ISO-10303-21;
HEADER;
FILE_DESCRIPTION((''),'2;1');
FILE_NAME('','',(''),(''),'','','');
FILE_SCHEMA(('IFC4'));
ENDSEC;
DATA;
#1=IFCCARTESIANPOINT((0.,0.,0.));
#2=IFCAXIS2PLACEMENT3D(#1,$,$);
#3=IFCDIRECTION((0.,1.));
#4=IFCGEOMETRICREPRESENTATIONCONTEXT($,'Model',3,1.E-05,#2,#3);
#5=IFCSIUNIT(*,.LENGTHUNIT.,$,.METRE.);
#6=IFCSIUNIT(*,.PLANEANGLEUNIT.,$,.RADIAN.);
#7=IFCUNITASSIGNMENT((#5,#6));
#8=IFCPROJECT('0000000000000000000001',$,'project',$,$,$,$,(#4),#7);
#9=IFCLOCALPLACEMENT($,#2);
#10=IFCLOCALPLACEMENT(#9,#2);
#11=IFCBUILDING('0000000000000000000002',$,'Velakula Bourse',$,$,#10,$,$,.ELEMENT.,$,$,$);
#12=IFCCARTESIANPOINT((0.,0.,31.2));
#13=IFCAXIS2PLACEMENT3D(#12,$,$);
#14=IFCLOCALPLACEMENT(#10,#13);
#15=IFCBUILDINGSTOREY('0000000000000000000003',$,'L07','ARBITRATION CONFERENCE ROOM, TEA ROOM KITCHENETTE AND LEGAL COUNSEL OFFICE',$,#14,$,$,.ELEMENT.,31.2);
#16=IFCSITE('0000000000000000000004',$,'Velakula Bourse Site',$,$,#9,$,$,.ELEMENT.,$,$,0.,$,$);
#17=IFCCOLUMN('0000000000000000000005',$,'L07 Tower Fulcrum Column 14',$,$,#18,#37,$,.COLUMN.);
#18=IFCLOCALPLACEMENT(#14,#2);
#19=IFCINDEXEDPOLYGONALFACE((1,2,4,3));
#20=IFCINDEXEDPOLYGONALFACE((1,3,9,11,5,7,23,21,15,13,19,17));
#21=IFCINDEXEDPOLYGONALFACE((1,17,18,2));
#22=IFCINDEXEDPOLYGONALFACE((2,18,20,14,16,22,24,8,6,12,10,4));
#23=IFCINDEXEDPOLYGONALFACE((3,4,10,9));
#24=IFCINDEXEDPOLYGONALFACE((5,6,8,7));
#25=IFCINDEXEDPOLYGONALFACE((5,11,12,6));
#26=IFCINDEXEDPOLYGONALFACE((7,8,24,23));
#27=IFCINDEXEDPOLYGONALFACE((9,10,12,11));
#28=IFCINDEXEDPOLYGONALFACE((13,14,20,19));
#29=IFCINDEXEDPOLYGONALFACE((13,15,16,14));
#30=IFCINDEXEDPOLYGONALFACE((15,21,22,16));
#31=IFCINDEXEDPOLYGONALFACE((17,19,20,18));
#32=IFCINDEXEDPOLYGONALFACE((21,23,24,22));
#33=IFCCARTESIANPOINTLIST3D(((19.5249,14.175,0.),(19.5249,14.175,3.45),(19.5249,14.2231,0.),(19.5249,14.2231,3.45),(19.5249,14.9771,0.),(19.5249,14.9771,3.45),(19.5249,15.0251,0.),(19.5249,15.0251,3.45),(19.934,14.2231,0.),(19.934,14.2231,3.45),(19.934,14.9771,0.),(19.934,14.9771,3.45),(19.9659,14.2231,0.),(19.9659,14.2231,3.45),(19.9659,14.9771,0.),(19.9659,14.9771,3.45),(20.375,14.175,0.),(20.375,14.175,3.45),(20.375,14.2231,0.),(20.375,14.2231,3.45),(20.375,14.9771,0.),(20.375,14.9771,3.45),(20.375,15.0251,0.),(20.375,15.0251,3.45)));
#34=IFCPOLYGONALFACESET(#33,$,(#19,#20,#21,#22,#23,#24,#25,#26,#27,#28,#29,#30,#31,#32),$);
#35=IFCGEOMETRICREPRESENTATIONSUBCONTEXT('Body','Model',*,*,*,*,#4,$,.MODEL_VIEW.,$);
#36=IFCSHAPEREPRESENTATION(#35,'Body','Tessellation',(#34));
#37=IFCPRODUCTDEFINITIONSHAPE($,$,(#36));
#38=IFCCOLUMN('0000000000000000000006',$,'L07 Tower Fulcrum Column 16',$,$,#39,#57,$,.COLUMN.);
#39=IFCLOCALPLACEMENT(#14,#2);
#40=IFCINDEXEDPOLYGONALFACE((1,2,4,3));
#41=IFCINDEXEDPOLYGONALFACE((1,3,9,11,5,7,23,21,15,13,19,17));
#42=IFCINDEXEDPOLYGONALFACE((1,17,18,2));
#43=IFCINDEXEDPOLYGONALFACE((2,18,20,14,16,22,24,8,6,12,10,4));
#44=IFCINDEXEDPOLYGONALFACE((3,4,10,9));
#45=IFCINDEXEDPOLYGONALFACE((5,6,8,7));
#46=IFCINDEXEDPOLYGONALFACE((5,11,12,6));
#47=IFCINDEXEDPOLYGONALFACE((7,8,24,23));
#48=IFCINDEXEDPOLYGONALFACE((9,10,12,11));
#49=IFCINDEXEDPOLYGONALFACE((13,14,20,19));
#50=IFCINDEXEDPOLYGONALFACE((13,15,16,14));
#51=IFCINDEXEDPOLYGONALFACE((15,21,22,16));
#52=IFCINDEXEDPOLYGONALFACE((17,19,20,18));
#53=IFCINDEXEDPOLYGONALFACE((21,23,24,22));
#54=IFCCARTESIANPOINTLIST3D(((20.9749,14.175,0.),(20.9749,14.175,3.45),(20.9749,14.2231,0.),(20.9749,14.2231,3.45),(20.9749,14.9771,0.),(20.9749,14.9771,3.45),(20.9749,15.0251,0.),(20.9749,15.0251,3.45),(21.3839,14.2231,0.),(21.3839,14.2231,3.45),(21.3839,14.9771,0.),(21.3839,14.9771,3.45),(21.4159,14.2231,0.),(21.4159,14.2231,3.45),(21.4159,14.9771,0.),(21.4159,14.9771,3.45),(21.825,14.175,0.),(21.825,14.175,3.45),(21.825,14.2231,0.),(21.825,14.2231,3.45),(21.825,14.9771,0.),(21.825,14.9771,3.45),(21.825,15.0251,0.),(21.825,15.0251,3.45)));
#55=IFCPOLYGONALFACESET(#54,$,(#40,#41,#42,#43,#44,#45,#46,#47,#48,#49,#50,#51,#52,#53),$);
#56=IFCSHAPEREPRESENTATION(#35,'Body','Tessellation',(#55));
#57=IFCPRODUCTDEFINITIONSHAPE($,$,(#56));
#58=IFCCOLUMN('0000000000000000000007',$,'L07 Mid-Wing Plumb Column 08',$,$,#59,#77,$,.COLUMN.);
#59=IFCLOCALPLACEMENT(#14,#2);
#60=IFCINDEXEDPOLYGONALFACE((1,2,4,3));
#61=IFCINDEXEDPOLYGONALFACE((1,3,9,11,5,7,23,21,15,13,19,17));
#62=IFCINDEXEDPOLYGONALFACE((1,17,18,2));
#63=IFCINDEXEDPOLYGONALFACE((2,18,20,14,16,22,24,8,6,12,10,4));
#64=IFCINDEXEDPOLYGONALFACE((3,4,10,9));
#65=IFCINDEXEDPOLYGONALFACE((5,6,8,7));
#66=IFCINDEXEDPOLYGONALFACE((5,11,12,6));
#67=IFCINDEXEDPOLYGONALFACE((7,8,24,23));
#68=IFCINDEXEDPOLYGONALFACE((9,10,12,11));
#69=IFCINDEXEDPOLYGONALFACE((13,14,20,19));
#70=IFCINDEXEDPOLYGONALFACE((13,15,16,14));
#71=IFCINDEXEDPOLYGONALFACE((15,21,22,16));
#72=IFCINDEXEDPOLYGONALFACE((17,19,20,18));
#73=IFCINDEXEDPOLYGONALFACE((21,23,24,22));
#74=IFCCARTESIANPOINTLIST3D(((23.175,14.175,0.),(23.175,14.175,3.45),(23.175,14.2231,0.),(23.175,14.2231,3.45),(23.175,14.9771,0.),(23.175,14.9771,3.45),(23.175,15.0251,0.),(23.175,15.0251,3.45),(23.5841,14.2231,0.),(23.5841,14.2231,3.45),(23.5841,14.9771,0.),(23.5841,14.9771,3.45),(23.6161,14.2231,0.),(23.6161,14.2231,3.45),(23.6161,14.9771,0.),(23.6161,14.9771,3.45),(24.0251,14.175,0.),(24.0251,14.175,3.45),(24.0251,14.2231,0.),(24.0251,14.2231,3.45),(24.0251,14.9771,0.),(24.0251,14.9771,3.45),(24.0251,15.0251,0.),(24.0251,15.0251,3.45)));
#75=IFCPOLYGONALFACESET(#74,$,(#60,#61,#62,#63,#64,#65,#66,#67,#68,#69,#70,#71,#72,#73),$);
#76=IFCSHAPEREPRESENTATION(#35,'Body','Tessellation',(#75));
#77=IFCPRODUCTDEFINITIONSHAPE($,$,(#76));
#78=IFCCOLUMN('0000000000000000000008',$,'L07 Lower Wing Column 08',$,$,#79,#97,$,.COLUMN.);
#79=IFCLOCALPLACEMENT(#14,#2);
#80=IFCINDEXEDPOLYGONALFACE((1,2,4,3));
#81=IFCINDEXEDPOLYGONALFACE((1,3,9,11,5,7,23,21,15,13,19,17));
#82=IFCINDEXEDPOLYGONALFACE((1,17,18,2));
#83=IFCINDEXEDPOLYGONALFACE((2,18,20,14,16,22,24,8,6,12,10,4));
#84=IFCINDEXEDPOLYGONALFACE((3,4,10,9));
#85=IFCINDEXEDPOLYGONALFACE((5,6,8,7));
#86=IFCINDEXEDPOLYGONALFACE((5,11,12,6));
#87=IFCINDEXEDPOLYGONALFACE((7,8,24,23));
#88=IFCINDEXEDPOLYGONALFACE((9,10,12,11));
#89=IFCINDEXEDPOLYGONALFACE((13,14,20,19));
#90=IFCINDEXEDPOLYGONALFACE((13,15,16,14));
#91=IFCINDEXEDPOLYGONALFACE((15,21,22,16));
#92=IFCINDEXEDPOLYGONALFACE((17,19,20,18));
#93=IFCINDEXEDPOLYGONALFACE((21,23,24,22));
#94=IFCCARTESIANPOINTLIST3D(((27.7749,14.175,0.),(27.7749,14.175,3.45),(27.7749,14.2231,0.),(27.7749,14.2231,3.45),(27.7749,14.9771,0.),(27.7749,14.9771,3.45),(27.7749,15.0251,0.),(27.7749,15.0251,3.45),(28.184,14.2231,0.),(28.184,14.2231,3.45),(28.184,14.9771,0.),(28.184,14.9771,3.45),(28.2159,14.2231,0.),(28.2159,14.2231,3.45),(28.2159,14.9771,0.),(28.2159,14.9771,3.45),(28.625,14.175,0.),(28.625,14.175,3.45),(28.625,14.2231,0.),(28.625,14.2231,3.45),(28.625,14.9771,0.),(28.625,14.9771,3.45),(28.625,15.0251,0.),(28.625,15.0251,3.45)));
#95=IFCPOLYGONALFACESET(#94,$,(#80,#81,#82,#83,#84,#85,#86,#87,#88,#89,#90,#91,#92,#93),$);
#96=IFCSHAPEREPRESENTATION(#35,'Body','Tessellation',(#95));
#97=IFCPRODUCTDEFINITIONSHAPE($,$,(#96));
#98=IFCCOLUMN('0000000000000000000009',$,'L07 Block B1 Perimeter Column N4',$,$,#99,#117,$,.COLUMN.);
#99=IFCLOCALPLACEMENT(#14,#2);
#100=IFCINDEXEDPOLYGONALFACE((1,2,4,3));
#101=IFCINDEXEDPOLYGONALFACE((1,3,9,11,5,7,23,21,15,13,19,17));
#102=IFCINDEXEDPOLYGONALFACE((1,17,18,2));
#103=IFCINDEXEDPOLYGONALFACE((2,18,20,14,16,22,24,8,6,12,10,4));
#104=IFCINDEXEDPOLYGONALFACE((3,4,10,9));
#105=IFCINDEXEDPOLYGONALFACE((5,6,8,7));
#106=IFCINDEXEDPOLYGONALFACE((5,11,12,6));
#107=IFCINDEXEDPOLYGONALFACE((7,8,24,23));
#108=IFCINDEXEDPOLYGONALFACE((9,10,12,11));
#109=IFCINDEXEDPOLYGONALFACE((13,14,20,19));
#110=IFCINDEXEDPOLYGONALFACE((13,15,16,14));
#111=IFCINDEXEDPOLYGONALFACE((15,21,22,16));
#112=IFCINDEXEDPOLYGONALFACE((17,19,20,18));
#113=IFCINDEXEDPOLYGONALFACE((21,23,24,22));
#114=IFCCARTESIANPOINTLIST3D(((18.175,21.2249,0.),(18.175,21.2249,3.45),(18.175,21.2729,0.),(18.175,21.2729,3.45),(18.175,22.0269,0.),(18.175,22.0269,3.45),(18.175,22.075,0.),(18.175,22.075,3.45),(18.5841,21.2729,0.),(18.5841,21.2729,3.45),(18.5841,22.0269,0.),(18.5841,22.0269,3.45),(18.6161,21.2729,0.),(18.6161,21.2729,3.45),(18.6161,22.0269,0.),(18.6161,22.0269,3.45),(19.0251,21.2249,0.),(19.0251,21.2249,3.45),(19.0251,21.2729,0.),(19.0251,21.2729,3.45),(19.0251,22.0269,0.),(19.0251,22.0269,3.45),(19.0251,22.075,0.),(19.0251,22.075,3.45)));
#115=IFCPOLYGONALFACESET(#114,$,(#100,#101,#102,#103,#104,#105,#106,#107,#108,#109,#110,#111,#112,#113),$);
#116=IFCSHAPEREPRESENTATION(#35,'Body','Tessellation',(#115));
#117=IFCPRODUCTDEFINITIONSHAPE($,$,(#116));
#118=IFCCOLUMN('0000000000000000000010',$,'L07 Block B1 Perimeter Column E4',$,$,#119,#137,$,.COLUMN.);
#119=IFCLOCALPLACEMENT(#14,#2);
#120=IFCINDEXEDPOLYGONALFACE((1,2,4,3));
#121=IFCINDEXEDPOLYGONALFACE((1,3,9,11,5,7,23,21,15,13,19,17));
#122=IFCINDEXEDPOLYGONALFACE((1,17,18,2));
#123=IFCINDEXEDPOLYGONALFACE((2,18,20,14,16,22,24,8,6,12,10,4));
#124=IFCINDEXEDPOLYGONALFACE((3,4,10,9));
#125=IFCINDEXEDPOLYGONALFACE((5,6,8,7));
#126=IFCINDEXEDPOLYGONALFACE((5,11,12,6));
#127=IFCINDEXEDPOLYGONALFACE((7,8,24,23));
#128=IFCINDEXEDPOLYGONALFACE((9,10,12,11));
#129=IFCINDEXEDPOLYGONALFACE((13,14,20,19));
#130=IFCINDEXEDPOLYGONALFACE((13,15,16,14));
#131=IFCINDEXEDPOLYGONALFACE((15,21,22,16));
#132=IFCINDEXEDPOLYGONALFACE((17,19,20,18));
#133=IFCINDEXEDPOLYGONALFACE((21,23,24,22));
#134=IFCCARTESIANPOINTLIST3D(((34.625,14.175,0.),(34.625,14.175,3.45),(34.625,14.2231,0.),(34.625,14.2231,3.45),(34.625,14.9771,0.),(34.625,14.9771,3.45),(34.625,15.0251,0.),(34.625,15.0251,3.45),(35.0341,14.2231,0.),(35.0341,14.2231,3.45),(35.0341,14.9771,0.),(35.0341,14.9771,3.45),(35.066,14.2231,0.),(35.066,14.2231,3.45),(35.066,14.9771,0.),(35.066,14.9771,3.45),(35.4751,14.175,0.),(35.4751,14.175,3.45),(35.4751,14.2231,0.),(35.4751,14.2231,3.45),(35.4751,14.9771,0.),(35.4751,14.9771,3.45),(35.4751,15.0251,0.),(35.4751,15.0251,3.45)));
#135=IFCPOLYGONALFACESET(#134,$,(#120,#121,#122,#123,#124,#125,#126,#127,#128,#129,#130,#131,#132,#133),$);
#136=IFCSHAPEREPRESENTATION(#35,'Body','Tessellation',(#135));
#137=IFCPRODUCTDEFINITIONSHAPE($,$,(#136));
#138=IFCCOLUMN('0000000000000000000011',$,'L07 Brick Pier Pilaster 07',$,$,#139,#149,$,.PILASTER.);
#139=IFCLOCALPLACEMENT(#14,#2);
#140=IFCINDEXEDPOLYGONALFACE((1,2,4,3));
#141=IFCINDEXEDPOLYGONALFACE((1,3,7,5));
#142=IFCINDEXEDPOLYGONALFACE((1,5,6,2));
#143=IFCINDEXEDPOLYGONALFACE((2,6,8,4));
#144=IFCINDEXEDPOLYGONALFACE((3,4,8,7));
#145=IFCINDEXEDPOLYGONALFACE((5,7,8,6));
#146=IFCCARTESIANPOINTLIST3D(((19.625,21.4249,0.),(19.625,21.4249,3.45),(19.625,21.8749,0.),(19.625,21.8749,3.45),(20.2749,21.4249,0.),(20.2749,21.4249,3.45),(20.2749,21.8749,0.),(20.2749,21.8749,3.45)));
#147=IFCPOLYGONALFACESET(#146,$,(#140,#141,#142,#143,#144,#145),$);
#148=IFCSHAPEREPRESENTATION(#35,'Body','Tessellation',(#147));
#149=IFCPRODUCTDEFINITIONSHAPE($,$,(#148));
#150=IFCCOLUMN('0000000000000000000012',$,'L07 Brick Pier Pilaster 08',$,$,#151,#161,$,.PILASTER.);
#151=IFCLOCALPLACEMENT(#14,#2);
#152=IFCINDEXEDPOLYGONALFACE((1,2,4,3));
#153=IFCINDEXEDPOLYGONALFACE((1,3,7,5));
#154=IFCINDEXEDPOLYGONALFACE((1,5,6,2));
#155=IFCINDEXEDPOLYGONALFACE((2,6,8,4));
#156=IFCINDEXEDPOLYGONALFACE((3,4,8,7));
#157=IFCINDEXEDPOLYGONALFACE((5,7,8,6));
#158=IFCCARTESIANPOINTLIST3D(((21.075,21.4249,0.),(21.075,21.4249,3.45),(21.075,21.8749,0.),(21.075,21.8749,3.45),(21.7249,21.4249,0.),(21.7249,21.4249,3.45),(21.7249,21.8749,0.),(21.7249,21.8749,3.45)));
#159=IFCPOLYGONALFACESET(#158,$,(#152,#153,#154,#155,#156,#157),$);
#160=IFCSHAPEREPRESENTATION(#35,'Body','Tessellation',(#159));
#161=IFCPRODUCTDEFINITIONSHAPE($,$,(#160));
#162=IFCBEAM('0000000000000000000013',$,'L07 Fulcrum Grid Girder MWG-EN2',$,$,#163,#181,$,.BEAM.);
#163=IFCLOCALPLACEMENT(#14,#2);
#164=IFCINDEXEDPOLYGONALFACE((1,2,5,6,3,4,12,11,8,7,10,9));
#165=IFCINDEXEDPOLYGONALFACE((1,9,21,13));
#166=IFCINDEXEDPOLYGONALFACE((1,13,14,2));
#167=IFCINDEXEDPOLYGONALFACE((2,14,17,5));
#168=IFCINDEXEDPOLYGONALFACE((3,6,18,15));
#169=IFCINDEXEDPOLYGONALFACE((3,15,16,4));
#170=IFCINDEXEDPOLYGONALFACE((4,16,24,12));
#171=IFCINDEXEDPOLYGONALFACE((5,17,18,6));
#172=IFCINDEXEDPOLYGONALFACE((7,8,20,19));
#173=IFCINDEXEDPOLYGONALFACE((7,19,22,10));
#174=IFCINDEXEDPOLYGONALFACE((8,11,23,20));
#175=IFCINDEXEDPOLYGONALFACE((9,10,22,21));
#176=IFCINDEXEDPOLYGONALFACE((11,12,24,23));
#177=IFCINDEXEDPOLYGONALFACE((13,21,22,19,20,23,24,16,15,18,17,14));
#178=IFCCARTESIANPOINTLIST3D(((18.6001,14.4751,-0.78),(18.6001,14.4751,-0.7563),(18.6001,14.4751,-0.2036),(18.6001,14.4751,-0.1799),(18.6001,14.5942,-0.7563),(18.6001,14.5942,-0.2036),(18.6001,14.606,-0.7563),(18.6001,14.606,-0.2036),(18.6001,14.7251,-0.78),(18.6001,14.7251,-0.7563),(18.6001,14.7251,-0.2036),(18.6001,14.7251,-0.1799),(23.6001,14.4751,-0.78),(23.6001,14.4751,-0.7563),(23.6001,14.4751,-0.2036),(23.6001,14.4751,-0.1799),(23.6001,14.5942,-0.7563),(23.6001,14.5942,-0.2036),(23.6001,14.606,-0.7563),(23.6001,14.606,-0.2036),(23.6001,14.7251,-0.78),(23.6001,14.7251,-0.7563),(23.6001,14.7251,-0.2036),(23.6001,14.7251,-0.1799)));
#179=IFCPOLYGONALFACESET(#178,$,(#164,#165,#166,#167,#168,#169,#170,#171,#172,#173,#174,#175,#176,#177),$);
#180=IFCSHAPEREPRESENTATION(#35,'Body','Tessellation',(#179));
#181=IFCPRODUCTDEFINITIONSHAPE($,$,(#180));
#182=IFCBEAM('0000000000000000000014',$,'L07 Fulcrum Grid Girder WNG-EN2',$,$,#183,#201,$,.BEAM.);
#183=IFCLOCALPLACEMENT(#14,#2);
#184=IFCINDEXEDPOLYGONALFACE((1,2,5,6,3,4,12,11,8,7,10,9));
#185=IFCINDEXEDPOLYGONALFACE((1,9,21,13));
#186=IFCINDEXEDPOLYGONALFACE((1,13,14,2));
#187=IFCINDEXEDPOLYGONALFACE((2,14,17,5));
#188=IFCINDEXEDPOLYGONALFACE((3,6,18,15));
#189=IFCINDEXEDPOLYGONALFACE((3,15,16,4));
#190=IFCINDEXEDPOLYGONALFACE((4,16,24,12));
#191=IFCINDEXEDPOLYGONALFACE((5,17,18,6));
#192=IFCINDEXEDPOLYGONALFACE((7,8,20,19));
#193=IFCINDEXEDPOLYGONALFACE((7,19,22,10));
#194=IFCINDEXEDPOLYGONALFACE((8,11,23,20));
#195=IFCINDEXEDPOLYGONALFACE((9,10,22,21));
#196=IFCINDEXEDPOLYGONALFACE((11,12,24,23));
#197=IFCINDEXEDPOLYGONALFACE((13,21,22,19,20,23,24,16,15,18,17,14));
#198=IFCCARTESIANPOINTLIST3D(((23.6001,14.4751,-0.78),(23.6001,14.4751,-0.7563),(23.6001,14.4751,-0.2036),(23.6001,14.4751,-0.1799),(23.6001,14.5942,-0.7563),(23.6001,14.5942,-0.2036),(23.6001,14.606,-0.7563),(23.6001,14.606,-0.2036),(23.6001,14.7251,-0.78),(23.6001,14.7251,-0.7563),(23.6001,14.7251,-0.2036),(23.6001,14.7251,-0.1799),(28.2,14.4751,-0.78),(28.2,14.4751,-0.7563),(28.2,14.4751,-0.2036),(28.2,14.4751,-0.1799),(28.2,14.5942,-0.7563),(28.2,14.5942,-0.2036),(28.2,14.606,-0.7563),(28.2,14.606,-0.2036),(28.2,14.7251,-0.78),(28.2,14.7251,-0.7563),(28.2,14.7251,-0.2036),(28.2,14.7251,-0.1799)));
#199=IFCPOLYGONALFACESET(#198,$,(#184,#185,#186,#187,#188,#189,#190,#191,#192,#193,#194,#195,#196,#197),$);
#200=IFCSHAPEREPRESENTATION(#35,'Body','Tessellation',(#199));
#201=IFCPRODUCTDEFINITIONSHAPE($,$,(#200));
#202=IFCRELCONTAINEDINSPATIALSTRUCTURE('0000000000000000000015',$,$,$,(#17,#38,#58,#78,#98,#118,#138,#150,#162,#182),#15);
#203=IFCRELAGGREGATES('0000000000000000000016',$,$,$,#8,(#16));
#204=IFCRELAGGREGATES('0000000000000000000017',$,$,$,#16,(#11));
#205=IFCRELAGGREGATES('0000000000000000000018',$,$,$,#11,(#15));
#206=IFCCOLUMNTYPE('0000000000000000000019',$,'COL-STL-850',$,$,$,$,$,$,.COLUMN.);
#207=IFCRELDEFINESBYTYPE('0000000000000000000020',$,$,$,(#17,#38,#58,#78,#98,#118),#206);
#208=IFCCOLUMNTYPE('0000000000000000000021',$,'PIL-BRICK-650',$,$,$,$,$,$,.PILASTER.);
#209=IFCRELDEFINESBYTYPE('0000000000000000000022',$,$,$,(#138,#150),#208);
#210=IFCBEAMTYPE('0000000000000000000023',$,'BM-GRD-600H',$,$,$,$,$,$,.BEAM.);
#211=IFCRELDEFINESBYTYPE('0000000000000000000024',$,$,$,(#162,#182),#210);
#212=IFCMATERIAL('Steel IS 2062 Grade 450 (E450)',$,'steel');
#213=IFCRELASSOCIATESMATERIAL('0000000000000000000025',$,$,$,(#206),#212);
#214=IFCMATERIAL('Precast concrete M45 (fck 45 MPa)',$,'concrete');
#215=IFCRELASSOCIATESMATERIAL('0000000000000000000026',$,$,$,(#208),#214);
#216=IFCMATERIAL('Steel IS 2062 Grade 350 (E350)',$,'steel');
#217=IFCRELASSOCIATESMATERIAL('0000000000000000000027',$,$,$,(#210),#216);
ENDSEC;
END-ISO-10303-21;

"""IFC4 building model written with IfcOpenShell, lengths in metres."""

from ifc_helpers import new_model, si_unit, direction, frame, origin, origin_2d, place, context, subcontext, project, spatial, rectangle, i_section, extrude, material, material_profile, profile_set, type_object, element, save


model = new_model("IFC4")

# Units and contexts
model_context = context("Model", 3, precision=1e-05, world=origin(), true_north=direction((0.0, 1.0)))
body_context = subcontext(model_context, "Body", "Model", "MODEL_VIEW")
ifc_project = project(units=[si_unit("LENGTHUNIT", "METRE"), si_unit("PLANEANGLEUNIT", "RADIAN")], contexts=[model_context])

# Site, building, storey
site_placement = place(None, origin())
site = spatial("IfcSite", under=ifc_project, at=site_placement, Name="Velakula Bourse Site", CompositionType="ELEMENT", RefElevation=0.0)
building_placement = place(site_placement, origin())
building = spatial("IfcBuilding", under=site, at=building_placement, Name="Velakula Bourse", CompositionType="ELEMENT")
storey_placement = place(building_placement, frame((0.0, 0.0, 31.2)))
storey = spatial("IfcBuildingStorey", under=building, at=storey_placement, Name="L07", Description="ARBITRATION CONFERENCE ROOM, TEA ROOM KITCHENETTE AND LEGAL COUNSEL OFFICE", CompositionType="ELEMENT", Elevation=31.2)

# Columns
ifc_material_1 = material(Name="Steel IS 2062 Grade 450 (E450)", Category="steel")
ifc_material_profile_1 = material_profile(ifc_material_1, i_section(OverallWidth=0.8501, OverallDepth=0.8501, WebThickness=0.032, FlangeThickness=0.0481, at=origin_2d()), Name="Steel IS 2062 Grade 450 (E450)")
ifc_profile_set_1 = profile_set([ifc_material_profile_1], Name="Steel IS 2062 Grade 450 (E450)")
column_type_1 = type_object("IfcColumnType", Name="COL-STL-850", PredefinedType="COLUMN", material=ifc_profile_set_1)
for number, where, z_axis, x_axis, name in (
    (1, (19.95, 14.6001, 0.0), (0.0, 0.0, 1.0), (1.0, 0.0, 0.0), "L07 Tower Fulcrum Column 14"),
    (2, (21.3999, 14.6001, 0.0), (0.0, 0.0, 1.0), (1.0, 0.0, 0.0), "L07 Tower Fulcrum Column 16"),
    (3, (23.6001, 14.6001, 0.0), (0.0, 0.0, 1.0), (1.0, 0.0, 0.0), "L07 Mid-Wing Plumb Column 08"),
    (4, (28.2, 14.6001, 0.0), (0.0, 0.0, 1.0), (1.0, 0.0, 0.0), "L07 Lower Wing Column 08"),
    (5, (18.6001, 21.6499, 0.0), (0.0, 0.0, 1.0), (1.0, 0.0, 0.0), "L07 Block B1 Perimeter Column N4"),
    (6, (35.05, 14.6001, 0.0), (0.0, 0.0, 1.0), (1.0, 0.0, 0.0), "L07 Block B1 Perimeter Column E4"),
):
    element("IfcColumn", number, at=place(storey_placement, frame(where, z_axis=z_axis, x_axis=x_axis)), inside=storey, type_object=column_type_1, Name=name, PredefinedType="COLUMN", context=body_context, shape_type="SweptSolid", body=[
        extrude(i_section(OverallWidth=0.8501, OverallDepth=0.8501, WebThickness=0.032, FlangeThickness=0.0481, at=origin_2d()), origin(), (0.0, 0.0, 1.0), 3.45),
    ])
ifc_material_2 = material(Name="Precast concrete M45 (fck 45 MPa)", Category="concrete")
ifc_material_profile_2 = material_profile(ifc_material_2, rectangle(XDim=0.6499, YDim=0.45, at=origin_2d()), Name="Precast concrete M45 (fck 45 MPa)")
ifc_profile_set_2 = profile_set([ifc_material_profile_2], Name="Precast concrete M45 (fck 45 MPa)")
column_type_2 = type_object("IfcColumnType", Name="PIL-BRICK-650", PredefinedType="PILASTER", material=ifc_profile_set_2)
for number, where, z_axis, x_axis, name in (
    (7, (19.95, 21.6499, 0.0), (0.0, 0.0, 1.0), (1.0, 0.0, 0.0), "L07 Brick Pier Pilaster 07"),
    (8, (21.3999, 21.6499, 0.0), (0.0, 0.0, 1.0), (1.0, 0.0, 0.0), "L07 Brick Pier Pilaster 08"),
):
    element("IfcColumn", number, at=place(storey_placement, frame(where, z_axis=z_axis, x_axis=x_axis)), inside=storey, type_object=column_type_2, Name=name, PredefinedType="PILASTER", context=body_context, shape_type="SweptSolid", body=[
        extrude(rectangle(XDim=0.6499, YDim=0.45, at=origin_2d()), origin(), (0.0, 0.0, 1.0), 3.45),
    ])

# Beams
ifc_material_3 = material(Name="Steel IS 2062 Grade 350 (E350)", Category="steel")
ifc_material_profile_3 = material_profile(ifc_material_3, i_section(OverallWidth=0.25, OverallDepth=0.6001, WebThickness=0.0117, FlangeThickness=0.0237, at=origin_2d()), Name="Steel IS 2062 Grade 350 (E350)")
ifc_profile_set_3 = profile_set([ifc_material_profile_3], Name="Steel IS 2062 Grade 350 (E350)")
beam_type_1 = type_object("IfcBeamType", Name="BM-GRD-600H", PredefinedType="BEAM", material=ifc_profile_set_3)
beam_1_placement = place(storey_placement, frame((18.6001, 14.6001, -0.48), z_axis=(1.0, 0.0, 0.0), x_axis=(0.0, 1.0, 0.0)))
element("IfcBeam", 9, at=beam_1_placement, inside=storey, type_object=beam_type_1, Name="L07 Fulcrum Grid Girder MWG-EN2", PredefinedType="BEAM", context=body_context, shape_type="SweptSolid", body=[
    extrude(i_section(OverallWidth=0.25, OverallDepth=0.6001, WebThickness=0.0117, FlangeThickness=0.0237, at=origin_2d()), origin(), (0.0, 0.0, 1.0), 5.0),
])
beam_2_placement = place(storey_placement, frame((23.6001, 14.6001, -0.48), z_axis=(1.0, 0.0, 0.0), x_axis=(0.0, 1.0, 0.0)))
element("IfcBeam", 10, at=beam_2_placement, inside=storey, type_object=beam_type_1, Name="L07 Fulcrum Grid Girder WNG-EN2", PredefinedType="BEAM", context=body_context, shape_type="SweptSolid", body=[
    extrude(i_section(OverallWidth=0.25, OverallDepth=0.6001, WebThickness=0.0117, FlangeThickness=0.0237, at=origin_2d()), origin(), (0.0, 0.0, 1.0), 4.5999),
])

save(model, "model.ifc")
